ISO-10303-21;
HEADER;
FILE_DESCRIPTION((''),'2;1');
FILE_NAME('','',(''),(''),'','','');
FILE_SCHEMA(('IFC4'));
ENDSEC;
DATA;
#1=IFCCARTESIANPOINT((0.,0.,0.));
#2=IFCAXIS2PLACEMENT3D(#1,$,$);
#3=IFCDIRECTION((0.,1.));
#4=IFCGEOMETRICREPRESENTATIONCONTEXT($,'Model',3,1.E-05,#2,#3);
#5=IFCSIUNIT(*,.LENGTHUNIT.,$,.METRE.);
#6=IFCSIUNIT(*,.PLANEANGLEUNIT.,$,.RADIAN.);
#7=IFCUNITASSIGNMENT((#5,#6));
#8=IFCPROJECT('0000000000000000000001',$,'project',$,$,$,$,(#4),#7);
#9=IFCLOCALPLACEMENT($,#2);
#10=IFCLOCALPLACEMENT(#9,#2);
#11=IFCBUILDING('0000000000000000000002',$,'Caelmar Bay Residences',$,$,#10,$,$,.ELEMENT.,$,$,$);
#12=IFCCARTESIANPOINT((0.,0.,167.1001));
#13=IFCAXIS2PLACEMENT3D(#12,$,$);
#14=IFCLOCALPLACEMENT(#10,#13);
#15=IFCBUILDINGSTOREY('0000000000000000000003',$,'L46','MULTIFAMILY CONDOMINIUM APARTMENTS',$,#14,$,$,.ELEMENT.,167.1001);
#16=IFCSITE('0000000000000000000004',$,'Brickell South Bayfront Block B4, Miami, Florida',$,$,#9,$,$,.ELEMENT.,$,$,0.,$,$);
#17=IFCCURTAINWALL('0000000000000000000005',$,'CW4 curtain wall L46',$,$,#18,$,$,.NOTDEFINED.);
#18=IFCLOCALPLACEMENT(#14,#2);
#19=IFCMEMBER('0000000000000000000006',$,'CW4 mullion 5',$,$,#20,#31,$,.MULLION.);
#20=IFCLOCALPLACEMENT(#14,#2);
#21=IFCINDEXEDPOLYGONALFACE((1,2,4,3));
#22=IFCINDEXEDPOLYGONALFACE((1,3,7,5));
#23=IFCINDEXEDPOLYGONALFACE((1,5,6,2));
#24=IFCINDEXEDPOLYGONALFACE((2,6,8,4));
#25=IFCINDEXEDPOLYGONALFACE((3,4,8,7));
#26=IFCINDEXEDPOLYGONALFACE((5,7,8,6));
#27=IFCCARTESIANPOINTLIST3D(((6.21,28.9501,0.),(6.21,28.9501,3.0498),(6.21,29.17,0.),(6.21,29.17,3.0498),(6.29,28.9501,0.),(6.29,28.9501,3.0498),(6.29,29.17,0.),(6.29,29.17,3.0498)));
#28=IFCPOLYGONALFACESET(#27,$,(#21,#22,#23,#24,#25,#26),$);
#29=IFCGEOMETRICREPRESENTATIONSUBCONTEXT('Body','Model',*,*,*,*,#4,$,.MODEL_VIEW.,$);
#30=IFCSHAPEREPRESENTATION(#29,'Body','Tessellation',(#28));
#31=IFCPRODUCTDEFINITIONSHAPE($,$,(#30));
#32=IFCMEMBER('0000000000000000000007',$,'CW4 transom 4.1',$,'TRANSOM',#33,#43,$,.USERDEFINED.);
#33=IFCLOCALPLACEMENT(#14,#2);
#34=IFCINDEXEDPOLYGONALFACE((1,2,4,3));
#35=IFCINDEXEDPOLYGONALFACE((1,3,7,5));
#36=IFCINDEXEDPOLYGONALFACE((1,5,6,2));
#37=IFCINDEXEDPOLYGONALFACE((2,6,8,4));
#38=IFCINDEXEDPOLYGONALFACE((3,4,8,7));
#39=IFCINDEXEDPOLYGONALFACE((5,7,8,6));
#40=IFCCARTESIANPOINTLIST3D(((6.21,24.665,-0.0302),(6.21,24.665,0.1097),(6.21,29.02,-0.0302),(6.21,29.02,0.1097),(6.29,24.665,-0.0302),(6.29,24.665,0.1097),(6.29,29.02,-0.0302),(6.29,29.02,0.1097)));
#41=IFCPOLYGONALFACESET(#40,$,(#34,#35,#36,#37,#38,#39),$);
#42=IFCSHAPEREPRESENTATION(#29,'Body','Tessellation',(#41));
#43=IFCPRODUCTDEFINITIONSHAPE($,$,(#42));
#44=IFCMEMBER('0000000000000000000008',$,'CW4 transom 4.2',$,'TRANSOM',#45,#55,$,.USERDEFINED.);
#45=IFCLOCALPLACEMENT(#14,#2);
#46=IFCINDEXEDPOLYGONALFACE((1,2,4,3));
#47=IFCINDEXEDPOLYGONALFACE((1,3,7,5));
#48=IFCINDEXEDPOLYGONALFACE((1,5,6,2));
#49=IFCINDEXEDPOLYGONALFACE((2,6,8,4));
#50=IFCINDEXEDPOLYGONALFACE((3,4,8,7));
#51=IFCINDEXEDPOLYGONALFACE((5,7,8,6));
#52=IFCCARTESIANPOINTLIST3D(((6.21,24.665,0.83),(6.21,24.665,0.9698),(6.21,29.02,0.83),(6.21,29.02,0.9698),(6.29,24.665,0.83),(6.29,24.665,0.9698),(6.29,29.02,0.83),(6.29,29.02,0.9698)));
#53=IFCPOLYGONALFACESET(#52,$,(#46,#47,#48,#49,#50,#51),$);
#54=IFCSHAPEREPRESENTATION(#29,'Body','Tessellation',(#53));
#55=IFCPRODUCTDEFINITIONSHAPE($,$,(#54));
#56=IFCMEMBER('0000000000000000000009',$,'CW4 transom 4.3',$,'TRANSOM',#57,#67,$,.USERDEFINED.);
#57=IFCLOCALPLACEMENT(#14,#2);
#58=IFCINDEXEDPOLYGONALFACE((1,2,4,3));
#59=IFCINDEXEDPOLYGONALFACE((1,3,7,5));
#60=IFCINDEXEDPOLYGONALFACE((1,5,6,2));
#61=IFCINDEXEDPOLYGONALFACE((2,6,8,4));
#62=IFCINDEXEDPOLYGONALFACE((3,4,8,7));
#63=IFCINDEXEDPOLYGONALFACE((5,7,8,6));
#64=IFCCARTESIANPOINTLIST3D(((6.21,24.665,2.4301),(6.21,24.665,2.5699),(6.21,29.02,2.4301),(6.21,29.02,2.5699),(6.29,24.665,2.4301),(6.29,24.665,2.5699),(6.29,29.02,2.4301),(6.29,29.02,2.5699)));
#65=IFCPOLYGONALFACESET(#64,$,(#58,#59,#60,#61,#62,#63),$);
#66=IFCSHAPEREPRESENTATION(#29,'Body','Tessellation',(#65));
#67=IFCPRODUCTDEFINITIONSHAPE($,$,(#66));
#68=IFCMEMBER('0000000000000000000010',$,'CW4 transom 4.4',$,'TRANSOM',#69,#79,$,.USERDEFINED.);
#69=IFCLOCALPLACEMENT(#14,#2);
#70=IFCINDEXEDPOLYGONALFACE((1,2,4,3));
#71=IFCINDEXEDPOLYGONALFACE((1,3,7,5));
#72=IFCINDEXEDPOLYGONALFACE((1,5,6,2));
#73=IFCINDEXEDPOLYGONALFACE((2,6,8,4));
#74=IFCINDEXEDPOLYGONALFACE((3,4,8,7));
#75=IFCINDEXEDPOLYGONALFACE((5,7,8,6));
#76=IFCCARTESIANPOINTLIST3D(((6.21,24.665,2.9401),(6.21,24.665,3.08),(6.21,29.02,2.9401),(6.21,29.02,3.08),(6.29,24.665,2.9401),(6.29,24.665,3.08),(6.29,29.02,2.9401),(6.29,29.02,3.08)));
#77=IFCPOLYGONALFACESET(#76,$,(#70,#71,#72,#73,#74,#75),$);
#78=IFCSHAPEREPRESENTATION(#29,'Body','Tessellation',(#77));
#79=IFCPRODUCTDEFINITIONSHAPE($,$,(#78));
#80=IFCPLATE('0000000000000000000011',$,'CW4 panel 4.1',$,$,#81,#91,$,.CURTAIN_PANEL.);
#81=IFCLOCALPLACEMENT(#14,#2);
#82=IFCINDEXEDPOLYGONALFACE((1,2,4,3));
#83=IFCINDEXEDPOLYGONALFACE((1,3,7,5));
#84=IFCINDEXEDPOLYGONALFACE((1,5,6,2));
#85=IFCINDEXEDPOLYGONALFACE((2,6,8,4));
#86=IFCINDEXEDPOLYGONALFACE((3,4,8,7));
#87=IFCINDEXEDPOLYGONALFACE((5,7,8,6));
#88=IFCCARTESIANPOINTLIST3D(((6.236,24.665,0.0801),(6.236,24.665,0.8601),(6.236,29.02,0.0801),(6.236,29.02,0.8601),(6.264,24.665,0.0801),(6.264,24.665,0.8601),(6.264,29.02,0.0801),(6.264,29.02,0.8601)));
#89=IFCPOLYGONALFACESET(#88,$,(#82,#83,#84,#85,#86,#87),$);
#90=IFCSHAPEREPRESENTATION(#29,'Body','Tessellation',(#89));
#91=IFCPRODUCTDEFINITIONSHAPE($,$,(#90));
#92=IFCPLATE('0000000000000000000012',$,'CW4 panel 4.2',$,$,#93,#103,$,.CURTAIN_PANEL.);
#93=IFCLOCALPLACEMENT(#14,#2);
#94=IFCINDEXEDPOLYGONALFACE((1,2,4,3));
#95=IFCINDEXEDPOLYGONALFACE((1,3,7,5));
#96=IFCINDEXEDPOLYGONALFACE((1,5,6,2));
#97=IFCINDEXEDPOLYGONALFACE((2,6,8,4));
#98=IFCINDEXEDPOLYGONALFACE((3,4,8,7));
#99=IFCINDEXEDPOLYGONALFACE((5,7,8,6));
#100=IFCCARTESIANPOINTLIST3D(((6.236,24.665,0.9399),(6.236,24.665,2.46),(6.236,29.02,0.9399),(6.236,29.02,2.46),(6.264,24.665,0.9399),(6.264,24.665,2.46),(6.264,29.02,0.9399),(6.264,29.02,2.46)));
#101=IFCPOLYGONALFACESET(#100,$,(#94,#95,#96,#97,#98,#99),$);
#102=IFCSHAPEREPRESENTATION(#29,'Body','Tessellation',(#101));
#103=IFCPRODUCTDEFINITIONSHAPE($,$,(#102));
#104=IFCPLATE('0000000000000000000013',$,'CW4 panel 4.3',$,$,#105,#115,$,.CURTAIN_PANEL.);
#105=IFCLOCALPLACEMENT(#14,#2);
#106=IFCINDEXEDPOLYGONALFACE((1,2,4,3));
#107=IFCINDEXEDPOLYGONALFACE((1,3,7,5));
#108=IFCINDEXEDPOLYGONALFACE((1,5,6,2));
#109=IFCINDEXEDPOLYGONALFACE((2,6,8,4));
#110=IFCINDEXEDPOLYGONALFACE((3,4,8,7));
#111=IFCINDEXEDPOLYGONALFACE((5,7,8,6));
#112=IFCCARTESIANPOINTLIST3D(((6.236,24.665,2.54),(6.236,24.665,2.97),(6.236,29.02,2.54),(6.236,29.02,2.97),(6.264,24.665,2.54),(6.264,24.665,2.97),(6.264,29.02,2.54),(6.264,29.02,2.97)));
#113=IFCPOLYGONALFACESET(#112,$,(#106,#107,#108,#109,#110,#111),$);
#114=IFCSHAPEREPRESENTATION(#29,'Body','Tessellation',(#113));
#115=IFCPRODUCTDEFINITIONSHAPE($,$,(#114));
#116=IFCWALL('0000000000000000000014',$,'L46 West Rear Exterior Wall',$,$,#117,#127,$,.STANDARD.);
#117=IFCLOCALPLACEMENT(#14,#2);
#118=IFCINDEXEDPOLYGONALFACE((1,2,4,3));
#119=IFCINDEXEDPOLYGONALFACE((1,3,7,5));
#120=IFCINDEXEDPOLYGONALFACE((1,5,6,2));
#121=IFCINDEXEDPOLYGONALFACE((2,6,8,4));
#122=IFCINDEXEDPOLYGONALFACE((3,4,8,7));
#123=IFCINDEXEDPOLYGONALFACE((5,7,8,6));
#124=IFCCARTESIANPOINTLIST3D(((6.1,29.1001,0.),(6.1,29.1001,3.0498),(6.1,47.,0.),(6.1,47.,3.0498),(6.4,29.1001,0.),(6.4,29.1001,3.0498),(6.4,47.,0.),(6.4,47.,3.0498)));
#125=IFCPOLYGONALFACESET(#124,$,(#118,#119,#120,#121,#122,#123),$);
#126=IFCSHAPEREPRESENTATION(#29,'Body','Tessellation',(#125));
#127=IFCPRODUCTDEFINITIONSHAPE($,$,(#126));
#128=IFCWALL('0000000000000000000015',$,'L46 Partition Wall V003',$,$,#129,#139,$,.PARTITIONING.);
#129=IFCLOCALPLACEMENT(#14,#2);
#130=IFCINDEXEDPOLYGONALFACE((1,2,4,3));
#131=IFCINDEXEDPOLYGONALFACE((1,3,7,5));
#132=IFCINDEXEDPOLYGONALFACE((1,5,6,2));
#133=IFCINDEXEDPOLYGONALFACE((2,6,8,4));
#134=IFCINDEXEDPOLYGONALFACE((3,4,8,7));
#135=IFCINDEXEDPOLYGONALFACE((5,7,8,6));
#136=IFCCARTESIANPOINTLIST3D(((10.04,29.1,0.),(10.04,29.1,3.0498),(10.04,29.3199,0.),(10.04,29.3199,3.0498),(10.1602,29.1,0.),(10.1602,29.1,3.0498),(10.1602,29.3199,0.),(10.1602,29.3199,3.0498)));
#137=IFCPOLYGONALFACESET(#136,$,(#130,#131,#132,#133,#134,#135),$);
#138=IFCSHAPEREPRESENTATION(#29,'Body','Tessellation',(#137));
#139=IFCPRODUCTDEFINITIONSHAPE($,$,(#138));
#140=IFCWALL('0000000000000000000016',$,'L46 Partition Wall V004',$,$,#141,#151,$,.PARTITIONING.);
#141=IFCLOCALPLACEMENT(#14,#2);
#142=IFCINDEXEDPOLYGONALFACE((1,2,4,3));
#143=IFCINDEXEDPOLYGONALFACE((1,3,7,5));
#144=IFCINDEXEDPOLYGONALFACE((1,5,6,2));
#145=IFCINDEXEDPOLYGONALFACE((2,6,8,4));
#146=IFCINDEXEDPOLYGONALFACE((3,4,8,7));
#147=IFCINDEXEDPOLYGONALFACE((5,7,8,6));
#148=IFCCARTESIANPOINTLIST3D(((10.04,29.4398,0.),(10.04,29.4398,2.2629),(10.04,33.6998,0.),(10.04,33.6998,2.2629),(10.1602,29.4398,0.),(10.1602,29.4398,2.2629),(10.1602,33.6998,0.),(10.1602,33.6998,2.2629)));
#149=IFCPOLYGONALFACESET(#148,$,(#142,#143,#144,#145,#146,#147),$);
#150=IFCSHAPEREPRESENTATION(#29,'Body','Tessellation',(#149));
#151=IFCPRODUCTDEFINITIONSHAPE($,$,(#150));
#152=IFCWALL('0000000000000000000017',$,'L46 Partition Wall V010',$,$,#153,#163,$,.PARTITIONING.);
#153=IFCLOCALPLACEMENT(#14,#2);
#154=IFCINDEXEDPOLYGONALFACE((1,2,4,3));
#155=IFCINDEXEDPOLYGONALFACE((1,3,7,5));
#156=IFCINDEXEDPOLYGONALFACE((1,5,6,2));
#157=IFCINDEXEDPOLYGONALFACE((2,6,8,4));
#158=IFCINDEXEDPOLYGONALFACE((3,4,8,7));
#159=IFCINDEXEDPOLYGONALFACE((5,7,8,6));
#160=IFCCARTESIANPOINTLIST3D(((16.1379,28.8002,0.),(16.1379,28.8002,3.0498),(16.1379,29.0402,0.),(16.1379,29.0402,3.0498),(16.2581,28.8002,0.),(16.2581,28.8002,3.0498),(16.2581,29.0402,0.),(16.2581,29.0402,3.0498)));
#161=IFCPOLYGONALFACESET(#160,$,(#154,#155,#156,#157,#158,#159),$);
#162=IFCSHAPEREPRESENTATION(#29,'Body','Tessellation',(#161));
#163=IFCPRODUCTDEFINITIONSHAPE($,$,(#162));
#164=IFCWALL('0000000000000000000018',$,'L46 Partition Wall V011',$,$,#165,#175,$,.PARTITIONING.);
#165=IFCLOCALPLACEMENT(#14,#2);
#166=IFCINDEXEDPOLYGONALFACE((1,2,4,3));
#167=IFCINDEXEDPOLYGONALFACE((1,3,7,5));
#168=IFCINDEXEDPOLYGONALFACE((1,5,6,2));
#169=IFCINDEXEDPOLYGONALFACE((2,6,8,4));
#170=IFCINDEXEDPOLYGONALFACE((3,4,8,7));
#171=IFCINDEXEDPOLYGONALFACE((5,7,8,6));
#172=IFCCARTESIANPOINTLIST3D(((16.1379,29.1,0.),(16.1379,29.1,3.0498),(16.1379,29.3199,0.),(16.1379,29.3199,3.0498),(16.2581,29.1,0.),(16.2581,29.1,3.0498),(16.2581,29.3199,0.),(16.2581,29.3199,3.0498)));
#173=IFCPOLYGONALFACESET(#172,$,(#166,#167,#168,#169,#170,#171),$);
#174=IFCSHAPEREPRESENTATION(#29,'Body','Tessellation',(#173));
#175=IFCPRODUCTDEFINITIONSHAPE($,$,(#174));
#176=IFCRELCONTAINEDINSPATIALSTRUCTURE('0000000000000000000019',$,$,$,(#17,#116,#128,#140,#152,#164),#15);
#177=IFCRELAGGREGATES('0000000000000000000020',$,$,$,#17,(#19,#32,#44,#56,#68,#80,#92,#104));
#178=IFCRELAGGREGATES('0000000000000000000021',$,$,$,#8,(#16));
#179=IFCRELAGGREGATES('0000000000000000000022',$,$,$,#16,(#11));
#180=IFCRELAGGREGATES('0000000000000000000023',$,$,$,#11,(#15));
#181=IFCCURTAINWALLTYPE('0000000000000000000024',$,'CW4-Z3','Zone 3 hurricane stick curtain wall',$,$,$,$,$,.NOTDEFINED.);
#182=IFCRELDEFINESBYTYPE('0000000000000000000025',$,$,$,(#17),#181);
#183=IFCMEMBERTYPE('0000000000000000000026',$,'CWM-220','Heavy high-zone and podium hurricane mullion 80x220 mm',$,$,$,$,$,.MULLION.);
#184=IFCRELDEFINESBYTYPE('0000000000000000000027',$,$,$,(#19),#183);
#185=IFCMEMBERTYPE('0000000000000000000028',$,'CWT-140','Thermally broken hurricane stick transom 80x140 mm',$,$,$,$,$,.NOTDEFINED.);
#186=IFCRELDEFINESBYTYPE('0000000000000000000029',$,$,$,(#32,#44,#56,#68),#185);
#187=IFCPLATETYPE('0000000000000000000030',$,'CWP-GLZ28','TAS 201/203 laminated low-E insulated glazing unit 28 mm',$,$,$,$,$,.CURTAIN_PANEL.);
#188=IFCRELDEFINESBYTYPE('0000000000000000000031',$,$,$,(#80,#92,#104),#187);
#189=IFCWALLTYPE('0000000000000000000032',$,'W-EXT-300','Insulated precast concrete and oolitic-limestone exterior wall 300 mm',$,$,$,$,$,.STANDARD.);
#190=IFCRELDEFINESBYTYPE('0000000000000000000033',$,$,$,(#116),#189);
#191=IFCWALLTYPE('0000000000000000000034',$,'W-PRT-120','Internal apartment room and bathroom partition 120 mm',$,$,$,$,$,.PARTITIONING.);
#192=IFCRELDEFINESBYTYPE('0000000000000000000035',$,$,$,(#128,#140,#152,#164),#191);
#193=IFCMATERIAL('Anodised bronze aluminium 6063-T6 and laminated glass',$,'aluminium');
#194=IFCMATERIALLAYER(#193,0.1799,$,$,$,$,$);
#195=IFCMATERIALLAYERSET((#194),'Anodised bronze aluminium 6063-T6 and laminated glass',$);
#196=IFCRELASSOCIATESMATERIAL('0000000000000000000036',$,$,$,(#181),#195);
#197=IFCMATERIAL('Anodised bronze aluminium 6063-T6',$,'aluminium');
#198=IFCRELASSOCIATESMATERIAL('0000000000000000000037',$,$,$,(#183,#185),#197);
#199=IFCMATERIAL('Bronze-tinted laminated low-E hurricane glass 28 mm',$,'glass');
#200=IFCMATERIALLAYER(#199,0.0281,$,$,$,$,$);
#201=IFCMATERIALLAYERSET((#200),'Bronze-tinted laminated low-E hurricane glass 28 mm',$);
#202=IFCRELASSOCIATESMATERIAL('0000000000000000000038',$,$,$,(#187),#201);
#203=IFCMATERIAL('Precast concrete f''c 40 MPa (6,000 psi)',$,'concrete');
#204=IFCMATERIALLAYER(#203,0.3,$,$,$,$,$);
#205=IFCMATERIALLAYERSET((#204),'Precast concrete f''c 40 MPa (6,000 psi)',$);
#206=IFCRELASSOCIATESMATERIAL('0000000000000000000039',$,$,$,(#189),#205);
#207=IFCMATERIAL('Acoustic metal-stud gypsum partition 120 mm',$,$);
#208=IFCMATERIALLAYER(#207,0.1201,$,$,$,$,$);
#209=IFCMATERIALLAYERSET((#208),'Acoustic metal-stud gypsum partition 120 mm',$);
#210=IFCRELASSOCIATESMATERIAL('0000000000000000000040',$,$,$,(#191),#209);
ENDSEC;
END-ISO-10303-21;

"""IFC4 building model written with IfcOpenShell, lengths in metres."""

from ifc_helpers import new_model, si_unit, direction, frame, frame_2d, origin, origin_2d, place, context, subcontext, project, spatial, rectangle, extrude, material, layer, layer_set, material_profile, profile_set, type_object, element, aggregate, save


model = new_model("IFC4")

# Units and contexts
model_context = context("Model", 3, precision=1e-05, world=origin(), true_north=direction((0.0, 1.0)))
body_context = subcontext(model_context, "Body", "Model", "MODEL_VIEW")
ifc_project = project(units=[si_unit("LENGTHUNIT", "METRE"), si_unit("PLANEANGLEUNIT", "RADIAN")], contexts=[model_context])

# Site, building, storey
site_placement = place(None, origin())
site = spatial("IfcSite", under=ifc_project, at=site_placement, Name="Brickell South Bayfront Block B4, Miami, Florida", CompositionType="ELEMENT", RefElevation=0.0)
building_placement = place(site_placement, origin())
building = spatial("IfcBuilding", under=site, at=building_placement, Name="Caelmar Bay Residences", CompositionType="ELEMENT")
storey_placement = place(building_placement, frame((0.0, 0.0, 167.1001)))
storey = spatial("IfcBuildingStorey", under=building, at=storey_placement, Name="L46", Description="MULTIFAMILY CONDOMINIUM APARTMENTS", CompositionType="ELEMENT", Elevation=167.1001)

# Curtain wall, members, plates
ifc_material_1 = material(Name="Anodised bronze aluminium 6063-T6 and laminated glass", Category="aluminium")
ifc_layer_1 = layer(ifc_material_1, 0.1799)
ifc_layer_set_1 = layer_set([ifc_layer_1], Name="Anodised bronze aluminium 6063-T6 and laminated glass")
curtain_wall_type = type_object("IfcCurtainWallType", Name="CW4-Z3", Description="Zone 3 hurricane stick curtain wall", PredefinedType="NOTDEFINED", material=ifc_layer_set_1)
curtain_wall_placement = place(storey_placement, origin())
curtain_wall = element("IfcCurtainWall", 1, at=curtain_wall_placement, inside=storey, type_object=curtain_wall_type, Name="CW4 curtain wall L46", PredefinedType="NOTDEFINED")
ifc_material_2 = material(Name="Anodised bronze aluminium 6063-T6", Category="aluminium")
ifc_material_profile_1 = material_profile(ifc_material_2, rectangle(XDim=0.0801, YDim=0.22, at=origin_2d()), Name="CWM-80X220")
ifc_profile_set_1 = profile_set([ifc_material_profile_1], Name="Anodised bronze aluminium 6063-T6")
member_type_1 = type_object("IfcMemberType", Name="CWM-220", Description="Heavy high-zone and podium hurricane mullion 80x220 mm", PredefinedType="MULLION", material=ifc_profile_set_1)
member_1_placement = place(storey_placement, frame((6.25, 29.0601, 0.0), z_axis=(0.0, 0.0, 1.0), x_axis=(-1.0, 0.0, 0.0)))
member_1 = element("IfcMember", 2, at=member_1_placement, type_object=member_type_1, Name="CW4 mullion 5", PredefinedType="MULLION", context=body_context, shape_type="SweptSolid", body=[
    extrude(rectangle(XDim=0.0801, YDim=0.22, at=origin_2d()), origin(), (0.0, 0.0, 1.0), 3.0498),
])
ifc_material_profile_2 = material_profile(ifc_material_2, rectangle(XDim=0.0801, YDim=0.1399, at=origin_2d()), Name="CWT-80X140")
ifc_profile_set_2 = profile_set([ifc_material_profile_2], Name="Anodised bronze aluminium 6063-T6")
member_type_2 = type_object("IfcMemberType", Name="CWT-140", Description="Thermally broken hurricane stick transom 80x140 mm", PredefinedType="NOTDEFINED", material=ifc_profile_set_2)
member_2_placement = place(storey_placement, frame((6.25, 24.665, 0.0398), z_axis=(0.0, 1.0, 0.0), x_axis=(-1.0, 0.0, 0.0)))
member_2 = element("IfcMember", 3, at=member_2_placement, type_object=member_type_2, Name="CW4 transom 4.1", ObjectType="TRANSOM", PredefinedType="USERDEFINED", context=body_context, shape_type="SweptSolid", body=[
    extrude(rectangle(XDim=0.0801, YDim=0.1399, at=origin_2d()), origin(), (0.0, 0.0, 1.0), 4.355),
])
member_3_placement = place(storey_placement, frame((6.25, 24.665, 0.8999), z_axis=(0.0, 1.0, 0.0), x_axis=(-1.0, 0.0, 0.0)))
member_3 = element("IfcMember", 4, at=member_3_placement, type_object=member_type_2, Name="CW4 transom 4.2", ObjectType="TRANSOM", PredefinedType="USERDEFINED", context=body_context, shape_type="SweptSolid", body=[
    extrude(rectangle(XDim=0.0801, YDim=0.1399, at=origin_2d()), origin(), (0.0, 0.0, 1.0), 4.355),
])
member_4_placement = place(storey_placement, frame((6.25, 24.665, 2.5), z_axis=(0.0, 1.0, 0.0), x_axis=(-1.0, 0.0, 0.0)))
member_4 = element("IfcMember", 5, at=member_4_placement, type_object=member_type_2, Name="CW4 transom 4.3", ObjectType="TRANSOM", PredefinedType="USERDEFINED", context=body_context, shape_type="SweptSolid", body=[
    extrude(rectangle(XDim=0.0801, YDim=0.1399, at=origin_2d()), origin(), (0.0, 0.0, 1.0), 4.355),
])
member_5_placement = place(storey_placement, frame((6.25, 24.665, 3.01), z_axis=(0.0, 1.0, 0.0), x_axis=(-1.0, 0.0, 0.0)))
member_5 = element("IfcMember", 6, at=member_5_placement, type_object=member_type_2, Name="CW4 transom 4.4", ObjectType="TRANSOM", PredefinedType="USERDEFINED", context=body_context, shape_type="SweptSolid", body=[
    extrude(rectangle(XDim=0.0801, YDim=0.1399, at=origin_2d()), origin(), (0.0, 0.0, 1.0), 4.355),
])
ifc_material_3 = material(Name="Bronze-tinted laminated low-E hurricane glass 28 mm", Category="glass")
ifc_layer_2 = layer(ifc_material_3, 0.0281)
ifc_layer_set_2 = layer_set([ifc_layer_2], Name="Bronze-tinted laminated low-E hurricane glass 28 mm")
plate_type = type_object("IfcPlateType", Name="CWP-GLZ28", Description="TAS 201/203 laminated low-E insulated glazing unit 28 mm", PredefinedType="CURTAIN_PANEL", material=ifc_layer_set_2)
plate_1_placement = place(storey_placement, frame((6.25, 26.8425, 0.0801), z_axis=(0.0, 0.0, 1.0), x_axis=(0.0, 1.0, 0.0)))
plate_1 = element("IfcPlate", 7, at=plate_1_placement, type_object=plate_type, Name="CW4 panel 4.1", PredefinedType="CURTAIN_PANEL", context=body_context, shape_type="SweptSolid", body=[
    extrude(rectangle(XDim=4.355, YDim=0.0281, at=origin_2d()), origin(), (0.0, 0.0, 1.0), 0.78),
])
plate_2_placement = place(storey_placement, frame((6.25, 26.8425, 0.9399), z_axis=(0.0, 0.0, 1.0), x_axis=(0.0, 1.0, 0.0)))
plate_2 = element("IfcPlate", 8, at=plate_2_placement, type_object=plate_type, Name="CW4 panel 4.2", PredefinedType="CURTAIN_PANEL", context=body_context, shape_type="SweptSolid", body=[
    extrude(rectangle(XDim=4.355, YDim=0.0281, at=origin_2d()), origin(), (0.0, 0.0, 1.0), 1.52),
])
plate_3_placement = place(storey_placement, frame((6.25, 26.8425, 2.54), z_axis=(0.0, 0.0, 1.0), x_axis=(0.0, 1.0, 0.0)))
plate_3 = element("IfcPlate", 9, at=plate_3_placement, type_object=plate_type, Name="CW4 panel 4.3", PredefinedType="CURTAIN_PANEL", context=body_context, shape_type="SweptSolid", body=[
    extrude(rectangle(XDim=4.355, YDim=0.0281, at=origin_2d()), origin(), (0.0, 0.0, 1.0), 0.4299),
])
aggregate(curtain_wall, [member_1, member_2, member_3, member_4, member_5, plate_1, plate_2, plate_3])

# Walls
ifc_material_4 = material(Name="Precast concrete f'c 40 MPa (6,000 psi)", Category="concrete")
ifc_layer_3 = layer(ifc_material_4, 0.3)
ifc_layer_set_3 = layer_set([ifc_layer_3], Name="Precast concrete f'c 40 MPa (6,000 psi)")
wall_type_1 = type_object("IfcWallType", Name="W-EXT-300", Description="Insulated precast concrete and oolitic-limestone exterior wall 300 mm", PredefinedType="STANDARD", material=ifc_layer_set_3)
wall_1_placement = place(storey_placement, frame((6.25, 29.1001, 0.0), z_axis=(0.0, 0.0, 1.0), x_axis=(0.0, 1.0, 0.0)))
element("IfcWall", 10, at=wall_1_placement, inside=storey, type_object=wall_type_1, Name="L46 West Rear Exterior Wall", PredefinedType="STANDARD", context=body_context, shape_type="SweptSolid", body=[
    extrude(rectangle(XDim=17.8999, YDim=0.3, at=frame_2d((8.95, 0.0))), origin(), (0.0, 0.0, 1.0), 3.0498),
])
ifc_material_5 = material(Name="Acoustic metal-stud gypsum partition 120 mm")
ifc_layer_4 = layer(ifc_material_5, 0.1201)
ifc_layer_set_4 = layer_set([ifc_layer_4], Name="Acoustic metal-stud gypsum partition 120 mm")
wall_type_2 = type_object("IfcWallType", Name="W-PRT-120", Description="Internal apartment room and bathroom partition 120 mm", PredefinedType="PARTITIONING", material=ifc_layer_set_4)
wall_2_placement = place(storey_placement, frame((10.1001, 29.1001, 0.0), z_axis=(0.0, 0.0, 1.0), x_axis=(0.0, 1.0, 0.0)))
element("IfcWall", 11, at=wall_2_placement, inside=storey, type_object=wall_type_2, Name="L46 Partition Wall V003", PredefinedType="PARTITIONING", context=body_context, shape_type="SweptSolid", body=[
    extrude(rectangle(XDim=0.22, YDim=0.1201, at=frame_2d((0.1099, 0.0))), origin(), (0.0, 0.0, 1.0), 3.0498),
])
wall_3_placement = place(storey_placement, frame((10.1001, 29.4399, 0.0), z_axis=(0.0, 0.0, 1.0), x_axis=(0.0, 1.0, 0.0)))
element("IfcWall", 12, at=wall_3_placement, inside=storey, type_object=wall_type_2, Name="L46 Partition Wall V004", PredefinedType="PARTITIONING", context=body_context, shape_type="SweptSolid", body=[
    extrude(rectangle(XDim=4.26, YDim=0.1201, at=frame_2d((2.1299, 0.0))), origin(), (0.0, 0.0, 1.0), 2.2629),
])
wall_4_placement = place(storey_placement, frame((16.198, 28.8, 0.0), z_axis=(0.0, 0.0, 1.0), x_axis=(0.0, 1.0, 0.0)))
element("IfcWall", 13, at=wall_4_placement, inside=storey, type_object=wall_type_2, Name="L46 Partition Wall V010", PredefinedType="PARTITIONING", context=body_context, shape_type="SweptSolid", body=[
    extrude(rectangle(XDim=0.24, YDim=0.1201, at=frame_2d((0.1201, 0.0))), origin(), (0.0, 0.0, 1.0), 3.0498),
])
wall_5_placement = place(storey_placement, frame((16.198, 29.1001, 0.0), z_axis=(0.0, 0.0, 1.0), x_axis=(0.0, 1.0, 0.0)))
element("IfcWall", 14, at=wall_5_placement, inside=storey, type_object=wall_type_2, Name="L46 Partition Wall V011", PredefinedType="PARTITIONING", context=body_context, shape_type="SweptSolid", body=[
    extrude(rectangle(XDim=0.22, YDim=0.1201, at=frame_2d((0.1099, 0.0))), origin(), (0.0, 0.0, 1.0), 3.0498),
])

save(model, "model.ifc")
